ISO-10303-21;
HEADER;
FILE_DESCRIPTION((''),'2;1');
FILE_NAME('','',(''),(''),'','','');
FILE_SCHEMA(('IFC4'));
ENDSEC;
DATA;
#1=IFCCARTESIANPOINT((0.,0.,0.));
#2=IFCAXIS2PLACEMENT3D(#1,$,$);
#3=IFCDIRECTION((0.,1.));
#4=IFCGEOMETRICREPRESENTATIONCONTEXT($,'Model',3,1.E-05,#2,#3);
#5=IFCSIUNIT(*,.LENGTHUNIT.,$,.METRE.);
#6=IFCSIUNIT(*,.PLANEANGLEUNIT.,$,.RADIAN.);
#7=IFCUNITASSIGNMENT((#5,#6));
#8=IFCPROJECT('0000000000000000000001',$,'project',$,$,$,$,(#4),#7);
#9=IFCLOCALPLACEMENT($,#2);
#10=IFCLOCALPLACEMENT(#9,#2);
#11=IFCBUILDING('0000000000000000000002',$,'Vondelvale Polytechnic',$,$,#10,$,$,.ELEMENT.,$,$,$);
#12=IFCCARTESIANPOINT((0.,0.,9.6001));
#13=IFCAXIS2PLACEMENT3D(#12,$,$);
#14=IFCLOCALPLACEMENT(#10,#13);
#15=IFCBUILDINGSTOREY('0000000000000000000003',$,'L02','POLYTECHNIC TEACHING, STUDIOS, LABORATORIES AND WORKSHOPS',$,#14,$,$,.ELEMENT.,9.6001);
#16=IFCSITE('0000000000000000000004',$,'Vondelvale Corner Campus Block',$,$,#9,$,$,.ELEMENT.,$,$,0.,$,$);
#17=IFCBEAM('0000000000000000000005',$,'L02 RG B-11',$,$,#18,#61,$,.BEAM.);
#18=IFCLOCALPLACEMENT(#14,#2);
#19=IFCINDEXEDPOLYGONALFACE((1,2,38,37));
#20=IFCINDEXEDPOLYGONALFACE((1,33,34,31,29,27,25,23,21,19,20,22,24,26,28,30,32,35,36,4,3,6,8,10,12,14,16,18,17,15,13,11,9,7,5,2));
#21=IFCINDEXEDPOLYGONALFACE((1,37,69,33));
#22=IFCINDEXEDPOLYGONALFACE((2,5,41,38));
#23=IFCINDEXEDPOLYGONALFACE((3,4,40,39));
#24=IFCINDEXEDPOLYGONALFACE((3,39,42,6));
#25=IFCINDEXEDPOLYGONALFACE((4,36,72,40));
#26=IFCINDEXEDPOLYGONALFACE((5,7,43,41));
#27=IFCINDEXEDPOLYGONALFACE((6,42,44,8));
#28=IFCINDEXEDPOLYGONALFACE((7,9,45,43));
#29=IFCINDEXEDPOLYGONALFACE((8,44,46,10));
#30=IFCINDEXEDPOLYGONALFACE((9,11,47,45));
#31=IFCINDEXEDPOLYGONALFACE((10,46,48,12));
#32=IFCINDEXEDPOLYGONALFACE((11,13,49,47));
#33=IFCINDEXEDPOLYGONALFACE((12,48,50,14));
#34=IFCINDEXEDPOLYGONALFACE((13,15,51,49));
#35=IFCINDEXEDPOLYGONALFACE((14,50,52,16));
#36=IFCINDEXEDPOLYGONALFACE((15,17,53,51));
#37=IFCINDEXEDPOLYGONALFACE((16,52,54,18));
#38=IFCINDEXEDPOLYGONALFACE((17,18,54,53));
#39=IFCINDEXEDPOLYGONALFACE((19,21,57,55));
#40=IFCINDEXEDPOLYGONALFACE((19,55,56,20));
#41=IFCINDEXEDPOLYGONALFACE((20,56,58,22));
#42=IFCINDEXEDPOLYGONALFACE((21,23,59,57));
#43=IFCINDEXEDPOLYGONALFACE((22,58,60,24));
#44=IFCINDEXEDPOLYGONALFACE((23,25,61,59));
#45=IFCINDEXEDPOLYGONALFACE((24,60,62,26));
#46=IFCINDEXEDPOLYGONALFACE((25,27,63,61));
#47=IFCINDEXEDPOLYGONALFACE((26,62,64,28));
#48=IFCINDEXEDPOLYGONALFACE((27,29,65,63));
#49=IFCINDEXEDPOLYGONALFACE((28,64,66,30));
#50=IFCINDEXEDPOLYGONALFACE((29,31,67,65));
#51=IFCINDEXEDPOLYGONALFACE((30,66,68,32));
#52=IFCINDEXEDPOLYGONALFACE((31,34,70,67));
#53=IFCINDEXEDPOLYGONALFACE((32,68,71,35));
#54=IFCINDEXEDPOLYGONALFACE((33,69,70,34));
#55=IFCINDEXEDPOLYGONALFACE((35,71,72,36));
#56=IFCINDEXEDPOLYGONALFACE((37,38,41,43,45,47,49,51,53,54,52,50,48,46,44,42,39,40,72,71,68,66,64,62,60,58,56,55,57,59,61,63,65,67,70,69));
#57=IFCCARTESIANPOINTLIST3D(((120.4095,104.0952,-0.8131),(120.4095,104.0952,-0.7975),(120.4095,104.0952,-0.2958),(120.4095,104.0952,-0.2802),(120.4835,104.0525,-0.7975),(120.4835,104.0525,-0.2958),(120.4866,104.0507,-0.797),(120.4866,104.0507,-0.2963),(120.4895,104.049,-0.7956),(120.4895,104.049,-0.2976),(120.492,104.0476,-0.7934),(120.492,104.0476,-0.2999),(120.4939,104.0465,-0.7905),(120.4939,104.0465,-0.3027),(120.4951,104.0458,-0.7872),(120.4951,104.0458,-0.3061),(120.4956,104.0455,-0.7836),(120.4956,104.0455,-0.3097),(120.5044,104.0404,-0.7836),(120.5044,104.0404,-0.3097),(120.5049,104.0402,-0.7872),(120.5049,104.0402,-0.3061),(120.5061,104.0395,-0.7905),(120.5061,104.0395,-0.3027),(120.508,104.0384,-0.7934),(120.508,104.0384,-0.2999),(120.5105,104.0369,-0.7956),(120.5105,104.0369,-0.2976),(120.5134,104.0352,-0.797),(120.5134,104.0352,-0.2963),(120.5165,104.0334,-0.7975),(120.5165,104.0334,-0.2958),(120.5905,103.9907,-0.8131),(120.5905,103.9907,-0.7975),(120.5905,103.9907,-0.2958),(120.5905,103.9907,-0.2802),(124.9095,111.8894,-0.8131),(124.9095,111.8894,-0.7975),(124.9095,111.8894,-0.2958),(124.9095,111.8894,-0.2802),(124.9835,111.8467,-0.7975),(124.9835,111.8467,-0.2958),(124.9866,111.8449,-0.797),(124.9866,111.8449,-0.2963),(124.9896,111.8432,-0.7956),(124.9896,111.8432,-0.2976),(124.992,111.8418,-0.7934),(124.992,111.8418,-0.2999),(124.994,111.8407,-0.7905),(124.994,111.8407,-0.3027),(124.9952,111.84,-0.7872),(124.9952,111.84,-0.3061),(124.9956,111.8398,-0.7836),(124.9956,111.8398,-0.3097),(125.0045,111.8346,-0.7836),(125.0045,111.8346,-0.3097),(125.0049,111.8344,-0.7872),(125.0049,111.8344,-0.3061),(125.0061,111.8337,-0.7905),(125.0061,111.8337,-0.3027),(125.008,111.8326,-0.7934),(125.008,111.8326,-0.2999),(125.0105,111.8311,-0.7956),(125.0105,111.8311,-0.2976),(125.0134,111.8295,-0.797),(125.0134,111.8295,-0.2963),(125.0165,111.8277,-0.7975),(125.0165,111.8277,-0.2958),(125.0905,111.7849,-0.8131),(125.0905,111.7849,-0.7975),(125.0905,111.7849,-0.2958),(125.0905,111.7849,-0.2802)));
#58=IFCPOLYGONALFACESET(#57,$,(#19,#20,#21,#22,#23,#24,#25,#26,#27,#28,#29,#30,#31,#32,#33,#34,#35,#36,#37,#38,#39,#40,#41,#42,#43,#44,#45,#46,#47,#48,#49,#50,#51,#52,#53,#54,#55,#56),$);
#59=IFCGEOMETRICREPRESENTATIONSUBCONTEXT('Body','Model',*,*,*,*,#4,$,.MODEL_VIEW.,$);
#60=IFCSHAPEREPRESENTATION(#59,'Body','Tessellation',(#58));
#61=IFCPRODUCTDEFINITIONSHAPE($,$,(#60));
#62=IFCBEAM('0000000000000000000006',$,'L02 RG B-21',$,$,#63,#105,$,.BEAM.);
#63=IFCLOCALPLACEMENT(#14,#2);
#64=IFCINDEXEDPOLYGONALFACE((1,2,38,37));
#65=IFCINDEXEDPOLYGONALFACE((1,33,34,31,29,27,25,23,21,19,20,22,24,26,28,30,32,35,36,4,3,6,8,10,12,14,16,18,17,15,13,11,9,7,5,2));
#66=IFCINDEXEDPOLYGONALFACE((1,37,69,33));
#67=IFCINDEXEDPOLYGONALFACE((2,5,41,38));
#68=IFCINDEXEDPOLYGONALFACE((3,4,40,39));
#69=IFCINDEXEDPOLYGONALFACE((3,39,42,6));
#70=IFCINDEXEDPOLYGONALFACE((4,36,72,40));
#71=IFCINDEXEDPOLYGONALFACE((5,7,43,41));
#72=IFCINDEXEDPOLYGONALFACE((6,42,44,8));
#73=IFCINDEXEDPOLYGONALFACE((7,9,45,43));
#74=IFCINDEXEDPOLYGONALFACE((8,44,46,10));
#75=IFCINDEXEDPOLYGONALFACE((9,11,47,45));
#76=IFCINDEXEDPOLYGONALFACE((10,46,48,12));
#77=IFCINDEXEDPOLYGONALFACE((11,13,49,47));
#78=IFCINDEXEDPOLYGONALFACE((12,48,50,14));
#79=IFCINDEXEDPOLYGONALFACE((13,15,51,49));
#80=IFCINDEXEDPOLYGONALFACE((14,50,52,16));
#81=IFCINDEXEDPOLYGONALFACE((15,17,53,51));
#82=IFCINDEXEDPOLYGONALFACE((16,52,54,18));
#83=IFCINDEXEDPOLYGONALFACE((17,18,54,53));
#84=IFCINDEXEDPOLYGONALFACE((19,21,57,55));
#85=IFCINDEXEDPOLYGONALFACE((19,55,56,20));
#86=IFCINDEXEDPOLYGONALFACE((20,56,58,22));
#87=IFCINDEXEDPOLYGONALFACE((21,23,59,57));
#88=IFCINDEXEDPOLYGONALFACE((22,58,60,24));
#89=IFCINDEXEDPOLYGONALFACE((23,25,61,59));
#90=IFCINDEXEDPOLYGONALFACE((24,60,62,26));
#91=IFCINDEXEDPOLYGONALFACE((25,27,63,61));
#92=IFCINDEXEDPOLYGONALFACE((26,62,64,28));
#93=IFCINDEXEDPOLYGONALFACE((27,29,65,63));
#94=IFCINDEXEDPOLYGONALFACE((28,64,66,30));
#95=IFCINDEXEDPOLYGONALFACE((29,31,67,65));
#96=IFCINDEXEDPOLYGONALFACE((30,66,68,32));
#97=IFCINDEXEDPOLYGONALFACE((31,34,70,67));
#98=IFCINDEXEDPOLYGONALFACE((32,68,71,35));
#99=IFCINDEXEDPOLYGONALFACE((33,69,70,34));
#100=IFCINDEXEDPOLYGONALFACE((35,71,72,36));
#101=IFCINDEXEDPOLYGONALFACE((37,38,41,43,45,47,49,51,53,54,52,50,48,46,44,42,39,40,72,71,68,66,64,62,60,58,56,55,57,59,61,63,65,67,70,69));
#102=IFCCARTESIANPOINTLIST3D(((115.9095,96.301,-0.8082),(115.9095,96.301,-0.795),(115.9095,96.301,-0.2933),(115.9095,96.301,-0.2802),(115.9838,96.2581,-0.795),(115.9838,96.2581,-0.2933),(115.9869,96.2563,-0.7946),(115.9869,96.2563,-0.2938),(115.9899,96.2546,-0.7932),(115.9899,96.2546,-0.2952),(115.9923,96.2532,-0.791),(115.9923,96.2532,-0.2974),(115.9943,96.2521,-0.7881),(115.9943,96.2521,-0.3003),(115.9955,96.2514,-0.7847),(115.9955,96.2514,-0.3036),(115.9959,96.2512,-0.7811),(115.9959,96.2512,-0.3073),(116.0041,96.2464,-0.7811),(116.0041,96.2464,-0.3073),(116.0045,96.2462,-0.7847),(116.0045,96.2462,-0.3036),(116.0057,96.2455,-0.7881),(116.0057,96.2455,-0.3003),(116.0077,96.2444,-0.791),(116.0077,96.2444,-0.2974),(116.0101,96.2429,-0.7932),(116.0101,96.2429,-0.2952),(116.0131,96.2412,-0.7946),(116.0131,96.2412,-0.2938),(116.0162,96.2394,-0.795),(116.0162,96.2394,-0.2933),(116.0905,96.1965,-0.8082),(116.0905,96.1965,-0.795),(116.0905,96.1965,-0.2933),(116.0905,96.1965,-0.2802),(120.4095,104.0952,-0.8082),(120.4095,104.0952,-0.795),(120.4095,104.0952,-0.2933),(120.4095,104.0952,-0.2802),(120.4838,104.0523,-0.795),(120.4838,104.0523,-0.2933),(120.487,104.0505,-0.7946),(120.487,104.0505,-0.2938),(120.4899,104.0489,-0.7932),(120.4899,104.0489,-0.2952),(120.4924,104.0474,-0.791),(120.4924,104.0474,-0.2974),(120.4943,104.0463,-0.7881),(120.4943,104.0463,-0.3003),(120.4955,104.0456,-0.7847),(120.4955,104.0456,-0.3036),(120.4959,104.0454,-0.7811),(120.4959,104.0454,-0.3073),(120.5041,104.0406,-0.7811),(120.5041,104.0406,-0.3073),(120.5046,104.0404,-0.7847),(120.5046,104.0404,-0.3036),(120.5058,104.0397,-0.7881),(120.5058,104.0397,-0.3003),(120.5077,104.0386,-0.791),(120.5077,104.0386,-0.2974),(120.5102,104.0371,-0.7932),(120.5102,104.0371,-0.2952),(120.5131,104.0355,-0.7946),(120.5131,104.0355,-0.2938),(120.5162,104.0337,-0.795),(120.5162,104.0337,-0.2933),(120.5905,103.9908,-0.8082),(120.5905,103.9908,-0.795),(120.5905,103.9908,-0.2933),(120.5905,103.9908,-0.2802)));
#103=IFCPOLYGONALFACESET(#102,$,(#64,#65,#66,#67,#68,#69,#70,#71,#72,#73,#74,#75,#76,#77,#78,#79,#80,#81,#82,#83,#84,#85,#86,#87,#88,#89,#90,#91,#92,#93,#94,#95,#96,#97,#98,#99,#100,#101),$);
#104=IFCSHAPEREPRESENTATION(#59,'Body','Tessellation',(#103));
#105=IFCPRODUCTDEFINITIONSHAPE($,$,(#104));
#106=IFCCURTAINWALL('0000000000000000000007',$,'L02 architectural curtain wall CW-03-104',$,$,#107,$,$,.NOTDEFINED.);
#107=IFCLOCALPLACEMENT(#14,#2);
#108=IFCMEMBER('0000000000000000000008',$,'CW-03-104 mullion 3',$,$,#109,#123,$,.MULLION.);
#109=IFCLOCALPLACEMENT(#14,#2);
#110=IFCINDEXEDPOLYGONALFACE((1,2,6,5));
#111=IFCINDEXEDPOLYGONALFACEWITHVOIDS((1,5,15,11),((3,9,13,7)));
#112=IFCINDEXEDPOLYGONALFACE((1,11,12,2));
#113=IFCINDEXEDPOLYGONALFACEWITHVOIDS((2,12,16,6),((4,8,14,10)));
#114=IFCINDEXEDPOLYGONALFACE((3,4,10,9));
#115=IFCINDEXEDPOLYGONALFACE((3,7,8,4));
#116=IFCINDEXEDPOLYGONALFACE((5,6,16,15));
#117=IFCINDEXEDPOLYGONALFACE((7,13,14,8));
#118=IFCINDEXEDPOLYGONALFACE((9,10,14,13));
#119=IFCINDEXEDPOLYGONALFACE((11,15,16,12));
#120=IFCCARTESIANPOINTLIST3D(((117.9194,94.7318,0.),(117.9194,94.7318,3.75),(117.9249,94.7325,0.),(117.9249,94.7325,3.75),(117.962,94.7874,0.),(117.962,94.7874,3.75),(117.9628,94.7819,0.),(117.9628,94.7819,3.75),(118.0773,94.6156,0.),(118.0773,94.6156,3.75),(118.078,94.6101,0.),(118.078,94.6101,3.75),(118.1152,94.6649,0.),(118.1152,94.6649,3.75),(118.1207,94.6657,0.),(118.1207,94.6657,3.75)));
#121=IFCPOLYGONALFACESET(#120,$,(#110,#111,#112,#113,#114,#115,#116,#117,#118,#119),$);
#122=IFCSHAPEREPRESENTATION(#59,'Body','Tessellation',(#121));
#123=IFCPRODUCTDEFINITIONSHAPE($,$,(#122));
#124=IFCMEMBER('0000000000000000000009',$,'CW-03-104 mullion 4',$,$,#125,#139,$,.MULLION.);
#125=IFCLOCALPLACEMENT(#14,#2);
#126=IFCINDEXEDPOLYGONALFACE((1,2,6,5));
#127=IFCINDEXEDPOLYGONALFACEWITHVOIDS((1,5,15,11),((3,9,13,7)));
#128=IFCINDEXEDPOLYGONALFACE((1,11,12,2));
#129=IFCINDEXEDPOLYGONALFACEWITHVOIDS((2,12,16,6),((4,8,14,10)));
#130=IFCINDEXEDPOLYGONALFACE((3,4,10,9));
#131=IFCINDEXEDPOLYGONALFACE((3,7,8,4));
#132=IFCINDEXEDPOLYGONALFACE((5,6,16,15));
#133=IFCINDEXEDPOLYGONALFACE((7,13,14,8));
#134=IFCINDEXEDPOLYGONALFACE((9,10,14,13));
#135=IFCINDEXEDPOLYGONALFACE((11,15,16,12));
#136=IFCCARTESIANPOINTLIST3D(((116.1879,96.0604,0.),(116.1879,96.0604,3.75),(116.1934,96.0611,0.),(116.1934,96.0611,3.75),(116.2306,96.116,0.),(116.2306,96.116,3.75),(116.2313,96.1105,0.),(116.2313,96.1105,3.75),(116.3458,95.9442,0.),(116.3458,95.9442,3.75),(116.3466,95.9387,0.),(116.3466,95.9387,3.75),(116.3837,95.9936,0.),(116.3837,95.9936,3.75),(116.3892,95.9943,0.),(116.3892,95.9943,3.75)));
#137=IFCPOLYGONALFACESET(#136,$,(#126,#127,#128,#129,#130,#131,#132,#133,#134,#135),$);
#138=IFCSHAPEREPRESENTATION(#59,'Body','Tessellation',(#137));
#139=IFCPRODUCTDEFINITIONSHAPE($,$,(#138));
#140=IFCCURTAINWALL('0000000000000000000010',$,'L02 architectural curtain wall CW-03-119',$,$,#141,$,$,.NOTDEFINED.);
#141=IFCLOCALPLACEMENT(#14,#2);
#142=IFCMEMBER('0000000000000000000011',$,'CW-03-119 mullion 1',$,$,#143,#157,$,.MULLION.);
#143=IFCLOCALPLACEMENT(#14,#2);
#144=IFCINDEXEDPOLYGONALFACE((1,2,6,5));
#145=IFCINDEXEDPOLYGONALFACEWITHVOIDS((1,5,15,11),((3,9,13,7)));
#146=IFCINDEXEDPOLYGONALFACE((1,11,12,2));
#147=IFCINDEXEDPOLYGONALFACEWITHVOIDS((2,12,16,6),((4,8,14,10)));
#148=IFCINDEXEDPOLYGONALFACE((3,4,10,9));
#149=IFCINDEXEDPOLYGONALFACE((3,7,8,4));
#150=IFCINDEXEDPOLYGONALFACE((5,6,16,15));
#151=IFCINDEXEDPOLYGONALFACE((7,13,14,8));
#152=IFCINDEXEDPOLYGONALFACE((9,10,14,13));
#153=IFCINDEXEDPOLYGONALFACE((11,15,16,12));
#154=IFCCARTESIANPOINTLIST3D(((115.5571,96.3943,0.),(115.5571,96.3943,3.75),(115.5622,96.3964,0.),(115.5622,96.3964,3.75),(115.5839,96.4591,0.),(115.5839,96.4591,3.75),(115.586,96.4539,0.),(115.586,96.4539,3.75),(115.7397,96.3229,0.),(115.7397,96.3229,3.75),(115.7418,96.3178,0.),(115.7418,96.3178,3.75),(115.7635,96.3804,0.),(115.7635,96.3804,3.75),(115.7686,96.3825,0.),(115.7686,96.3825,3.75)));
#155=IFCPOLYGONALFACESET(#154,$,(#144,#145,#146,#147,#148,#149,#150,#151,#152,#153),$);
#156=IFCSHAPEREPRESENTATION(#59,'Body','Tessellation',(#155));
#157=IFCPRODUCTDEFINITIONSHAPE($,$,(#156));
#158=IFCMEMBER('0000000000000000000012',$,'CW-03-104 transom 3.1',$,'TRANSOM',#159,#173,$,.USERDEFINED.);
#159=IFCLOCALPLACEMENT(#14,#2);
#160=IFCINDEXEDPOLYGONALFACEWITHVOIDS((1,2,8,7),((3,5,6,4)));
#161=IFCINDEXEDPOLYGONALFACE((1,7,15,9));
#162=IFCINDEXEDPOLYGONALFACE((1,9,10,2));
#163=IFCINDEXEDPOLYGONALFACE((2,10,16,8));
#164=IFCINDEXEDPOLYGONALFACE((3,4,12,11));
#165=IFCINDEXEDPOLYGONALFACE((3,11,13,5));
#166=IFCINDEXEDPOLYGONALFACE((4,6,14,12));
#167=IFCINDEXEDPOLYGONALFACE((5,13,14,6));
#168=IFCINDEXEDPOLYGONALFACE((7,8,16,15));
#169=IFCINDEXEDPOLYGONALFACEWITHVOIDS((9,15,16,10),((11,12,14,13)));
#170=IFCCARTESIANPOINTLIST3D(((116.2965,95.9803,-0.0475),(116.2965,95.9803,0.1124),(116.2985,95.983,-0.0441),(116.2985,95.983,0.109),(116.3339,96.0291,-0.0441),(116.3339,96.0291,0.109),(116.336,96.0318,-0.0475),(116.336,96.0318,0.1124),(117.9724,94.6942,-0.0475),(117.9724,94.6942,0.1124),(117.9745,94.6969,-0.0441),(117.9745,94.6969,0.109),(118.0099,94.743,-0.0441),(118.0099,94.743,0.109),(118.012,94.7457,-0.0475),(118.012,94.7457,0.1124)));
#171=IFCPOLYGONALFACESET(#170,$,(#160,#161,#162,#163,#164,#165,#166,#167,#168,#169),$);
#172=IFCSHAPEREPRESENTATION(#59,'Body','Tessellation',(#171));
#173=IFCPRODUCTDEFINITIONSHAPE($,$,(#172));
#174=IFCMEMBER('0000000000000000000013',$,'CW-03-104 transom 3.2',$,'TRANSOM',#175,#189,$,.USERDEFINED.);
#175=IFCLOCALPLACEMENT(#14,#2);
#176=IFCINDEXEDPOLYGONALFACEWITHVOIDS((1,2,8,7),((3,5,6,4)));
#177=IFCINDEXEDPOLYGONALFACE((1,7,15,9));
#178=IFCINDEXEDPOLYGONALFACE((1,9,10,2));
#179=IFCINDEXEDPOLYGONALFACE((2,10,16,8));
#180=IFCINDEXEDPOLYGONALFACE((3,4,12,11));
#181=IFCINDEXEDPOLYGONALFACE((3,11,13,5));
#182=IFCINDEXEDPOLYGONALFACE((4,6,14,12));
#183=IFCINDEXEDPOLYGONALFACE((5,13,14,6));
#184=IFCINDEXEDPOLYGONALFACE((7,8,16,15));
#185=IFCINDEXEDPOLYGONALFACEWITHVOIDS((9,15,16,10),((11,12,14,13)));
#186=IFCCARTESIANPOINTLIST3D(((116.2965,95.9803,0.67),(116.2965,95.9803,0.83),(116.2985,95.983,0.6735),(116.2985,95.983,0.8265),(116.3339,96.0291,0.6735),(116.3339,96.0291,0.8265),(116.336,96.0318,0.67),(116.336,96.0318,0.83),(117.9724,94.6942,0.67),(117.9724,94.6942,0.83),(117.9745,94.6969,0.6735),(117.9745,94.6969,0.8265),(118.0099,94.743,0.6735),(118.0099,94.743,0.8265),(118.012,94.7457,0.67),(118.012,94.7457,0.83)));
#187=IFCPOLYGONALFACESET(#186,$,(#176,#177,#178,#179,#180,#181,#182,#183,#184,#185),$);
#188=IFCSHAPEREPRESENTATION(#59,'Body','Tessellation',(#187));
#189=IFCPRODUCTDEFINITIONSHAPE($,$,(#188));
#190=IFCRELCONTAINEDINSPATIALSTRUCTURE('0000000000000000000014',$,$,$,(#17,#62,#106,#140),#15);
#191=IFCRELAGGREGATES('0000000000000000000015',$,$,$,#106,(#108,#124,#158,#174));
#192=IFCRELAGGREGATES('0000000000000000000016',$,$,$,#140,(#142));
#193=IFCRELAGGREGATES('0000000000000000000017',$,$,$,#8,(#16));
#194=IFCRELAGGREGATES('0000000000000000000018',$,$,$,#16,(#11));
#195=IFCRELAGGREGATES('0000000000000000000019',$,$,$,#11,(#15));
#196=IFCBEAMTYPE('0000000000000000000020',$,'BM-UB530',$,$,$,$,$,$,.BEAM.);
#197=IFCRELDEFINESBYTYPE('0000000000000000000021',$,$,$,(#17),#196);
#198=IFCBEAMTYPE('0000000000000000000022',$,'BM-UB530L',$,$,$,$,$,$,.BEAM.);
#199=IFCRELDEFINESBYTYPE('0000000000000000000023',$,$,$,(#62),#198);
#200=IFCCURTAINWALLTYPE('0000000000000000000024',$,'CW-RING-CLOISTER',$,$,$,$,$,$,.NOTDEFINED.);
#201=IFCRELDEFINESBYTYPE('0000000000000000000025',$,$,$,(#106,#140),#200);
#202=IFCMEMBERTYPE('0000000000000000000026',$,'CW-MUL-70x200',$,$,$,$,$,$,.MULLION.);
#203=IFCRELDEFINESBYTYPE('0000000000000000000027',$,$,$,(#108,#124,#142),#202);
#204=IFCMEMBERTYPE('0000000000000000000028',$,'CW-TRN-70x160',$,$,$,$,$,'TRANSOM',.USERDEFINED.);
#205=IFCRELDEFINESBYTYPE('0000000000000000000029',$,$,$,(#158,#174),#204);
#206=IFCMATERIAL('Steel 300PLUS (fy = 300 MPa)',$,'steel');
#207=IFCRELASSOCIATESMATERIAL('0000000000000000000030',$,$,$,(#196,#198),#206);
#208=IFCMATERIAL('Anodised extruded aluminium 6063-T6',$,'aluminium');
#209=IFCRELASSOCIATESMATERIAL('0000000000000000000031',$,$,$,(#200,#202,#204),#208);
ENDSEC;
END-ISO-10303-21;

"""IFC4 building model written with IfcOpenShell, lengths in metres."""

from ifc_helpers import new_model, si_unit, direction, frame, origin, origin_2d, place, context, subcontext, project, spatial, hollow_rectangle, i_section, extrude, material, material_profile, profile_set, type_object, element, aggregate, save


model = new_model("IFC4")

# Units and contexts
model_context = context("Model", 3, precision=1e-05, world=origin(), true_north=direction((0.0, 1.0)))
body_context = subcontext(model_context, "Body", "Model", "MODEL_VIEW")
ifc_project = project(units=[si_unit("LENGTHUNIT", "METRE"), si_unit("PLANEANGLEUNIT", "RADIAN")], contexts=[model_context])

# Site, building, storey
site_placement = place(None, origin())
site = spatial("IfcSite", under=ifc_project, at=site_placement, Name="Vondelvale Corner Campus Block", CompositionType="ELEMENT", RefElevation=0.0)
building_placement = place(site_placement, origin())
building = spatial("IfcBuilding", under=site, at=building_placement, Name="Vondelvale Polytechnic", CompositionType="ELEMENT")
storey_placement = place(building_placement, frame((0.0, 0.0, 9.6001)))
storey = spatial("IfcBuildingStorey", under=building, at=storey_placement, Name="L02", Description="POLYTECHNIC TEACHING, STUDIOS, LABORATORIES AND WORKSHOPS", CompositionType="ELEMENT", Elevation=9.6001)

# Shared definitions
ifc_material_1 = material(Name="Steel 300PLUS (fy = 300 MPa)", Category="steel")

# Beams
ifc_material_profile_1 = material_profile(ifc_material_1, i_section(OverallWidth=0.209, OverallDepth=0.533, WebThickness=0.0103, FlangeThickness=0.0156, FilletRadius=0.0139, at=origin_2d()), Name="530UB92.4")
ifc_profile_set_1 = profile_set([ifc_material_profile_1], Name="Steel 300PLUS (fy = 300 MPa)")
beam_type_1 = type_object("IfcBeamType", Name="BM-UB530", PredefinedType="BEAM", material=ifc_profile_set_1)
beam_1_placement = place(storey_placement, frame((120.5, 104.043, -0.5466), z_axis=(0.500002, 0.866024, 0.0), x_axis=(-0.866024, 0.500002, 0.0)))
element("IfcBeam", 1, at=beam_1_placement, inside=storey, type_object=beam_type_1, Name="L02 RG B-11", PredefinedType="BEAM", context=body_context, shape_type="SweptSolid", body=[
    extrude(i_section(OverallWidth=0.209, OverallDepth=0.533, WebThickness=0.0103, FlangeThickness=0.0156, FilletRadius=0.0139, at=origin_2d()), origin(), (0.0, 0.0, 1.0), 9.0),
])
ifc_material_profile_2 = material_profile(ifc_material_1, i_section(OverallWidth=0.209, OverallDepth=0.5281, WebThickness=0.0095, FlangeThickness=0.0132, FilletRadius=0.0139, at=origin_2d()), Name="530UB82.0")
ifc_profile_set_2 = profile_set([ifc_material_profile_2], Name="Steel 300PLUS (fy = 300 MPa)")
beam_type_2 = type_object("IfcBeamType", Name="BM-UB530L", PredefinedType="BEAM", material=ifc_profile_set_2)
beam_2_placement = place(storey_placement, frame((116.0, 96.2488, -0.5442), z_axis=(0.500002, 0.866024, 0.0), x_axis=(-0.866024, 0.500002, 0.0)))
element("IfcBeam", 2, at=beam_2_placement, inside=storey, type_object=beam_type_2, Name="L02 RG B-21", PredefinedType="BEAM", context=body_context, shape_type="SweptSolid", body=[
    extrude(i_section(OverallWidth=0.209, OverallDepth=0.5281, WebThickness=0.0095, FlangeThickness=0.0132, FilletRadius=0.0139, at=origin_2d()), origin(), (0.0, 0.0, 1.0), 9.0),
])

# Curtain wall, members
ifc_material_2 = material(Name="Anodised extruded aluminium 6063-T6", Category="aluminium")
curtain_wall_type = type_object("IfcCurtainWallType", Name="CW-RING-CLOISTER", PredefinedType="NOTDEFINED", material=ifc_material_2)
curtain_wall_1_placement = place(storey_placement, origin())
curtain_wall_1 = element("IfcCurtainWall", 3, at=curtain_wall_1_placement, inside=storey, type_object=curtain_wall_type, Name="L02 architectural curtain wall CW-03-104", PredefinedType="NOTDEFINED")
ifc_material_profile_3 = material_profile(ifc_material_2, hollow_rectangle(XDim=0.0701, YDim=0.2, WallThickness=0.0039, at=origin_2d()), Name="CW-MUL-200x70")
ifc_profile_set_3 = profile_set([ifc_material_profile_3], Name="Anodised extruded aluminium 6063-T6")
member_type_1 = type_object("IfcMemberType", Name="CW-MUL-70x200", PredefinedType="MULLION", material=ifc_profile_set_3)
member_1_placement = place(storey_placement, frame((118.02, 94.6987, 0.0), z_axis=(0.0, 0.0, 1.0), x_axis=(-0.608748, -0.793364, 0.0)))
member_1 = element("IfcMember", 4, at=member_1_placement, type_object=member_type_1, Name="CW-03-104 mullion 3", PredefinedType="MULLION", context=body_context, shape_type="SweptSolid", body=[
    extrude(hollow_rectangle(XDim=0.0701, YDim=0.2, WallThickness=0.0039, at=origin_2d()), origin(), (0.0, 0.0, 1.0), 3.75),
])
member_2_placement = place(storey_placement, frame((116.2886, 96.0273, 0.0), z_axis=(0.0, 0.0, 1.0), x_axis=(-0.608748, -0.793364, 0.0)))
member_2 = element("IfcMember", 5, at=member_2_placement, type_object=member_type_1, Name="CW-03-104 mullion 4", PredefinedType="MULLION", context=body_context, shape_type="SweptSolid", body=[
    extrude(hollow_rectangle(XDim=0.0701, YDim=0.2, WallThickness=0.0039, at=origin_2d()), origin(), (0.0, 0.0, 1.0), 3.75),
])

# Curtain wall, member
curtain_wall_2_placement = place(storey_placement, origin())
curtain_wall_2 = element("IfcCurtainWall", 6, at=curtain_wall_2_placement, inside=storey, type_object=curtain_wall_type, Name="L02 architectural curtain wall CW-03-119", PredefinedType="NOTDEFINED")
member_3_placement = place(storey_placement, frame((115.6628, 96.3884, 0.0), z_axis=(0.0, 0.0, 1.0), x_axis=(-0.382679, -0.923882, 0.0)))
member_3 = element("IfcMember", 7, at=member_3_placement, type_object=member_type_1, Name="CW-03-119 mullion 1", PredefinedType="MULLION", context=body_context, shape_type="SweptSolid", body=[
    extrude(hollow_rectangle(XDim=0.0701, YDim=0.2, WallThickness=0.0039, at=origin_2d()), origin(), (0.0, 0.0, 1.0), 3.75),
])

# Members
ifc_material_profile_4 = material_profile(ifc_material_2, hollow_rectangle(XDim=0.0649, YDim=0.1599, WallThickness=0.0034, at=origin_2d()), Name="CW-TRN-160x65")
ifc_profile_set_4 = profile_set([ifc_material_profile_4], Name="Anodised extruded aluminium 6063-T6")
member_type_2 = type_object("IfcMemberType", Name="CW-TRN-70x160", ElementType="TRANSOM", PredefinedType="USERDEFINED", material=ifc_profile_set_4)
member_4_placement = place(storey_placement, frame((117.9922, 94.72, 0.0325), z_axis=(-0.793337, 0.608783, 0.0), x_axis=(-0.608783, -0.793337, 0.0)))
member_4 = element("IfcMember", 8, at=member_4_placement, type_object=member_type_2, Name="CW-03-104 transom 3.1", ObjectType="TRANSOM", PredefinedType="USERDEFINED", context=body_context, shape_type="SweptSolid", body=[
    extrude(hollow_rectangle(XDim=0.0649, YDim=0.1599, WallThickness=0.0034, at=origin_2d()), origin(), (0.0, 0.0, 1.0), 2.1125),
])
member_5_placement = place(storey_placement, frame((117.9922, 94.72, 0.75), z_axis=(-0.793337, 0.608783, 0.0), x_axis=(-0.608783, -0.793337, 0.0)))
member_5 = element("IfcMember", 9, at=member_5_placement, type_object=member_type_2, Name="CW-03-104 transom 3.2", ObjectType="TRANSOM", PredefinedType="USERDEFINED", context=body_context, shape_type="SweptSolid", body=[
    extrude(hollow_rectangle(XDim=0.0649, YDim=0.1599, WallThickness=0.0034, at=origin_2d()), origin(), (0.0, 0.0, 1.0), 2.1125),
])

aggregate(curtain_wall_1, [member_1, member_2, member_4, member_5])
aggregate(curtain_wall_2, [member_3])

save(model, "model.ifc")
